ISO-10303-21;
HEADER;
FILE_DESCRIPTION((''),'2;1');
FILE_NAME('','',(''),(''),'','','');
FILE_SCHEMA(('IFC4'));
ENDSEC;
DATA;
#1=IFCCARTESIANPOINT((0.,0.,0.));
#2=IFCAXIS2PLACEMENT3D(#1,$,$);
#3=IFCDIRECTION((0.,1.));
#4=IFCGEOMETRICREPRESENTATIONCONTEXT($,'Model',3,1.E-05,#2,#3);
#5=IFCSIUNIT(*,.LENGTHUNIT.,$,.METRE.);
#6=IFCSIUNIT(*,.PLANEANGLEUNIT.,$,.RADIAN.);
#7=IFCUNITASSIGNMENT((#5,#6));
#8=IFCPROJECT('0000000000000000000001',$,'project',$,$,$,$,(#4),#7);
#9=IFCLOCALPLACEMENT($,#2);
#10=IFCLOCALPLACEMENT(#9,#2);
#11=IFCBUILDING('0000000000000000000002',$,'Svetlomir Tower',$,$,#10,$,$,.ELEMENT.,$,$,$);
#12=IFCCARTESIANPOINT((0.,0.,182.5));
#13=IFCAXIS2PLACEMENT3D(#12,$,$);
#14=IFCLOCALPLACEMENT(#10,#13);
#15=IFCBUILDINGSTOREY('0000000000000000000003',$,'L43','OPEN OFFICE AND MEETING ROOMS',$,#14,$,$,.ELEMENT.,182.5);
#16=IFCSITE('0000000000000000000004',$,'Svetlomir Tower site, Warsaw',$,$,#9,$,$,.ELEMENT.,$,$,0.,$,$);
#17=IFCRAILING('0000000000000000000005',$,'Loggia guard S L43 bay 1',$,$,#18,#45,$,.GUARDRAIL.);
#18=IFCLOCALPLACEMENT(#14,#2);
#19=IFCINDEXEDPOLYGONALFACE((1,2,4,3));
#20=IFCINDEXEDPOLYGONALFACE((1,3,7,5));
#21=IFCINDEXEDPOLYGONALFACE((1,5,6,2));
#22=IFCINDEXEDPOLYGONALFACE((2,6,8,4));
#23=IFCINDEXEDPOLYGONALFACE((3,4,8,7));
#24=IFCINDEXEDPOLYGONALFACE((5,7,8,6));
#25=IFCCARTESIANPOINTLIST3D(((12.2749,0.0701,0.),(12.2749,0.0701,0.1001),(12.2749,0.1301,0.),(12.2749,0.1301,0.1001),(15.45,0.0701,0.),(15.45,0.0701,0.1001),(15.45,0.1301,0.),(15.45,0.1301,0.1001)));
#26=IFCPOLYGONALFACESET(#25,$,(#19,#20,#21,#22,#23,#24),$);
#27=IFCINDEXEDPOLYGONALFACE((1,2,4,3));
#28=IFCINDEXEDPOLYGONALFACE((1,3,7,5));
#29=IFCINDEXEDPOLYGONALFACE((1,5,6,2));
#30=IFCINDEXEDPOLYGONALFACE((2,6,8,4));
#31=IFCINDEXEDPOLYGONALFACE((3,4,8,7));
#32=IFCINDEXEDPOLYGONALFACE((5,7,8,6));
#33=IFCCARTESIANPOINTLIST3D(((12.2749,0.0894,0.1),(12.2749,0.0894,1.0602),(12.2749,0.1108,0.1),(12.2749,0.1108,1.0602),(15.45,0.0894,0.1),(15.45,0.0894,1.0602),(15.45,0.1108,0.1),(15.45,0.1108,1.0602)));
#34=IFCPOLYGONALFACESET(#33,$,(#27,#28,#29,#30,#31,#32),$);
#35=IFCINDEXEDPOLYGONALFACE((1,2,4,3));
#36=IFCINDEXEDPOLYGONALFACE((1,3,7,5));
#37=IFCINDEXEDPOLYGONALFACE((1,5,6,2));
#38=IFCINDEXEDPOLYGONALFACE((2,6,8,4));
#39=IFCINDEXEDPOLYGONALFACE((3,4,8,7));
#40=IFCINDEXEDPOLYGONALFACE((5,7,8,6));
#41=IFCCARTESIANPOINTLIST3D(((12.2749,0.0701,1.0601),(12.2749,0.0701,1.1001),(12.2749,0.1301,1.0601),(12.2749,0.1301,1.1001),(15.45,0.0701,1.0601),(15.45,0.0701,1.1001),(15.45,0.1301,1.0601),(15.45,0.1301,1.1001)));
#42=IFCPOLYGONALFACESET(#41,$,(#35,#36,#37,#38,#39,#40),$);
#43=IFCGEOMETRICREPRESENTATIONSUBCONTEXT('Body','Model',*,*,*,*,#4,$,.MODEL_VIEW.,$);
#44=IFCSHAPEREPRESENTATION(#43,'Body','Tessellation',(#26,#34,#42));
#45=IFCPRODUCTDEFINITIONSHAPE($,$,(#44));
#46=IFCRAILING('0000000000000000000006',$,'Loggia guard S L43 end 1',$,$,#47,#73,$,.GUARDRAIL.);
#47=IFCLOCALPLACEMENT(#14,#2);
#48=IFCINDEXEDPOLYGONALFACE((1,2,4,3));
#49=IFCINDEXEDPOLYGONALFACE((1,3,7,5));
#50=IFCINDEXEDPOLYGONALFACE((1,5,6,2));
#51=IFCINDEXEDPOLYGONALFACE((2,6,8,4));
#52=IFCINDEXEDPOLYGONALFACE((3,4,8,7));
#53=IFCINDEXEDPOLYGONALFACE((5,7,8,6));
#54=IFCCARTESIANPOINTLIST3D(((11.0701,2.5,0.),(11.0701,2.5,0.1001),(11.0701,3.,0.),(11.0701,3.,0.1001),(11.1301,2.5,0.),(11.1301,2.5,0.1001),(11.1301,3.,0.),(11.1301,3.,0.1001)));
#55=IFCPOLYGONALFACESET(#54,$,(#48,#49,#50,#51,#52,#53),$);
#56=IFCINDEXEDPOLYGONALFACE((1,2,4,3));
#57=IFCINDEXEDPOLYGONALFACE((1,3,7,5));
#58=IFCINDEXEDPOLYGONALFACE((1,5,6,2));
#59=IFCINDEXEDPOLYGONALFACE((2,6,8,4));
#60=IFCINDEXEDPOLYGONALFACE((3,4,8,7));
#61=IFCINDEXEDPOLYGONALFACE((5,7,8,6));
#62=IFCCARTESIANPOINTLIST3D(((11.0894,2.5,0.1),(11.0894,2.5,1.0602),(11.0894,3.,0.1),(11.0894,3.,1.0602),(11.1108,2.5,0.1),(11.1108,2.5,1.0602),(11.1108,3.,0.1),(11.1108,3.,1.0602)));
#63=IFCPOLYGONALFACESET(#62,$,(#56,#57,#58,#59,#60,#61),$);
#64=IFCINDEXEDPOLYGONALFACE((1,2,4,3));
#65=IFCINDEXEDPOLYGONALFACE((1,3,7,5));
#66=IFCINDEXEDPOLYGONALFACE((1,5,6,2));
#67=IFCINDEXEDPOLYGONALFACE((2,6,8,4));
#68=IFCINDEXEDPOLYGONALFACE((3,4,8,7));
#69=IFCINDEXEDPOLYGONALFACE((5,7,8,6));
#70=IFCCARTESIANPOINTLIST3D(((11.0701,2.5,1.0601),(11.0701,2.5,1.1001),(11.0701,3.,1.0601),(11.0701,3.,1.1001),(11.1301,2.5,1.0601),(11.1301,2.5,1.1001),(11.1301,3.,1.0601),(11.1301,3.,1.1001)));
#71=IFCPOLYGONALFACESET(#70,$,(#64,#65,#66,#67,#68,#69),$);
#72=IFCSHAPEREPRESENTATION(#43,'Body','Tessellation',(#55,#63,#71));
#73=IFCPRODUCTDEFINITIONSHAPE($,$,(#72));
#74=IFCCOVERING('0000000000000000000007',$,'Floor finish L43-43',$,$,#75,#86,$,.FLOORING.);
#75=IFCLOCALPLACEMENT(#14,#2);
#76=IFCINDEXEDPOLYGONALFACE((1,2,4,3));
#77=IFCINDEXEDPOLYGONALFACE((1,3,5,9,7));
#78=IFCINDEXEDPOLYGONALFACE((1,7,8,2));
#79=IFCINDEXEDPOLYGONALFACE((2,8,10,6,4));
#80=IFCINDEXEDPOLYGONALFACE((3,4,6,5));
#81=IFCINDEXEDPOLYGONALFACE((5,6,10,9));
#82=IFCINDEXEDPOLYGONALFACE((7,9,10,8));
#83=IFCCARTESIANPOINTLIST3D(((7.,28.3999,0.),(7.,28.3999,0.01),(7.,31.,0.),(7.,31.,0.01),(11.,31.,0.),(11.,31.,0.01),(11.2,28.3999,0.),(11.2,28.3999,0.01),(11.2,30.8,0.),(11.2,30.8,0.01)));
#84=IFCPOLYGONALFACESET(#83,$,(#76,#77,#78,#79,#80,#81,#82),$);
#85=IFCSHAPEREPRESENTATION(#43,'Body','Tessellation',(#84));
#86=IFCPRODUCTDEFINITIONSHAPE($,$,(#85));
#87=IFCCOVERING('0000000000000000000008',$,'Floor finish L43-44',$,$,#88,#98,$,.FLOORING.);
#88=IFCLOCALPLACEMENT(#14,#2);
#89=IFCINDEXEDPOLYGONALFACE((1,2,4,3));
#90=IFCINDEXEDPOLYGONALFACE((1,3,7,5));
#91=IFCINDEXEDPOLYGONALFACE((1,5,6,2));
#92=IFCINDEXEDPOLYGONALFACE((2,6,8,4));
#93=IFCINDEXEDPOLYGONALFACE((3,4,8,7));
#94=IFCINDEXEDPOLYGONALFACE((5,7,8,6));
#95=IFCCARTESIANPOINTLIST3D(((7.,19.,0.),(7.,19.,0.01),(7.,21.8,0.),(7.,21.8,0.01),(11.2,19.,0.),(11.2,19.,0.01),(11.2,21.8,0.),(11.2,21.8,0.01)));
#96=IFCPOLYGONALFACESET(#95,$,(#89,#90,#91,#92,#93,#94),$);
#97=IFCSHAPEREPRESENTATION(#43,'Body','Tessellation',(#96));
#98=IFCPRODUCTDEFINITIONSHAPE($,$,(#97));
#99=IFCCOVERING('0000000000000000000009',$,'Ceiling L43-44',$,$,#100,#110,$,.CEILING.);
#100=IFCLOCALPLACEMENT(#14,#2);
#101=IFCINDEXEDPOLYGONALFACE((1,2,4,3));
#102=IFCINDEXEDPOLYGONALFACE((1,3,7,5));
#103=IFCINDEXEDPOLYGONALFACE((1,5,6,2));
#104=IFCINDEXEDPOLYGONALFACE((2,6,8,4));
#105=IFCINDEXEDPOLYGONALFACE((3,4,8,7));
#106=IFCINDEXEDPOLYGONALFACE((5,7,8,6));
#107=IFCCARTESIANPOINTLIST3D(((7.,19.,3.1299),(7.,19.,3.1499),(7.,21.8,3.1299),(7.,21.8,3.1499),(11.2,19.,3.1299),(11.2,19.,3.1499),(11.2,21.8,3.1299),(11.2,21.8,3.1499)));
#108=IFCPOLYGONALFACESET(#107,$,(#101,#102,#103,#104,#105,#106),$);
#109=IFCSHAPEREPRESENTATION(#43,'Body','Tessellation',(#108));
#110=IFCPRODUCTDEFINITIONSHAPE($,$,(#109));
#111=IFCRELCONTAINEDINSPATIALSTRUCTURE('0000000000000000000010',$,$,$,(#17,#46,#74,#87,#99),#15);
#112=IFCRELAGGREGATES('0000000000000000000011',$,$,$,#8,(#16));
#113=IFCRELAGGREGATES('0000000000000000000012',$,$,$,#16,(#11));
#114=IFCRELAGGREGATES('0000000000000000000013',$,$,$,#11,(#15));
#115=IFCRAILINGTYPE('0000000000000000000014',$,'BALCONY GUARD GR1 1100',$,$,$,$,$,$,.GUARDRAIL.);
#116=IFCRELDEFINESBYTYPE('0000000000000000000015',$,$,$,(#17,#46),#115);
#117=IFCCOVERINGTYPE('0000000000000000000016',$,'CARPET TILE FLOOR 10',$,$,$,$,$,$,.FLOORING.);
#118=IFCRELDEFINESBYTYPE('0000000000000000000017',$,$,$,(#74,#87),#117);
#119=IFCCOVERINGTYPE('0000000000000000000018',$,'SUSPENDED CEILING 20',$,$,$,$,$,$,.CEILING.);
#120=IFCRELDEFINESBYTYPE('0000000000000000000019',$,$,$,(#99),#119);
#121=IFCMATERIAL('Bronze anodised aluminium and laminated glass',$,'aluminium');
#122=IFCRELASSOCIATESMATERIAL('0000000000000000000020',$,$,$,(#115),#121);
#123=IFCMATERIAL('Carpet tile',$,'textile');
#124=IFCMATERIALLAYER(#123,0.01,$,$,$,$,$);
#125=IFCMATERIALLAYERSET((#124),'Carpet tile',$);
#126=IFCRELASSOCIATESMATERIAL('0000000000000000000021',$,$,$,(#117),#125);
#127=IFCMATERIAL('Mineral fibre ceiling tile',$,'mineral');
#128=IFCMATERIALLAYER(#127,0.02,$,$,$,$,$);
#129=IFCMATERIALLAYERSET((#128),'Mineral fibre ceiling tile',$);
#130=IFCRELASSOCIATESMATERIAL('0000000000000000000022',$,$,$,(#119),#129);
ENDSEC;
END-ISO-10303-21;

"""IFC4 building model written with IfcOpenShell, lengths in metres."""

from ifc_helpers import new_model, si_unit, direction, frame, origin, origin_2d, place, context, subcontext, project, spatial, polyline, rectangle, outline, extrude, material, layer, layer_set, type_object, element, save


model = new_model("IFC4")

# Units and contexts
model_context = context("Model", 3, precision=1e-05, world=origin(), true_north=direction((0.0, 1.0)))
body_context = subcontext(model_context, "Body", "Model", "MODEL_VIEW")
ifc_project = project(units=[si_unit("LENGTHUNIT", "METRE"), si_unit("PLANEANGLEUNIT", "RADIAN")], contexts=[model_context])

# Site, building, storey
site_placement = place(None, origin())
site = spatial("IfcSite", under=ifc_project, at=site_placement, Name="Svetlomir Tower site, Warsaw", CompositionType="ELEMENT", RefElevation=0.0)
building_placement = place(site_placement, origin())
building = spatial("IfcBuilding", under=site, at=building_placement, Name="Svetlomir Tower", CompositionType="ELEMENT")
storey_placement = place(building_placement, frame((0.0, 0.0, 182.5)))
storey = spatial("IfcBuildingStorey", under=building, at=storey_placement, Name="L43", Description="OPEN OFFICE AND MEETING ROOMS", CompositionType="ELEMENT", Elevation=182.5)

# Railings
ifc_material_1 = material(Name="Bronze anodised aluminium and laminated glass", Category="aluminium")
railing_type = type_object("IfcRailingType", Name="BALCONY GUARD GR1 1100", PredefinedType="GUARDRAIL", material=ifc_material_1)
railing_1_placement = place(storey_placement, frame((12.2749, 0.1001, 0.0)))
element("IfcRailing", 1, at=railing_1_placement, inside=storey, type_object=railing_type, Name="Loggia guard S L43 bay 1", PredefinedType="GUARDRAIL", context=body_context, shape_type="SweptSolid", body=[
    extrude(rectangle(XDim=0.0601, YDim=0.1001, at=origin_2d()), frame((0.0, 0.0, 0.05), z_axis=(1.0, 0.0, 0.0), x_axis=(0.0, 1.0, 0.0)), (0.0, 0.0, 1.0), 3.175),
    extrude(rectangle(XDim=0.0215, YDim=0.9602, at=origin_2d()), frame((0.0, 0.0, 0.5801), z_axis=(1.0, 0.0, 0.0), x_axis=(0.0, 1.0, 0.0)), (0.0, 0.0, 1.0), 3.175),
    extrude(rectangle(XDim=0.0601, YDim=0.04, at=origin_2d()), frame((0.0, 0.0, 1.0801), z_axis=(1.0, 0.0, 0.0), x_axis=(0.0, 1.0, 0.0)), (0.0, 0.0, 1.0), 3.175),
])
railing_2_placement = place(storey_placement, frame((11.1001, 2.5, 0.0)))
element("IfcRailing", 2, at=railing_2_placement, inside=storey, type_object=railing_type, Name="Loggia guard S L43 end 1", PredefinedType="GUARDRAIL", context=body_context, shape_type="SweptSolid", body=[
    extrude(rectangle(XDim=0.0601, YDim=0.1001, at=origin_2d()), frame((0.0, 0.0, 0.05), z_axis=(0.0, 1.0, 0.0), x_axis=(-1.0, 0.0, 0.0)), (0.0, 0.0, 1.0), 0.5),
    extrude(rectangle(XDim=0.0215, YDim=0.9602, at=origin_2d()), frame((0.0, 0.0, 0.5801), z_axis=(0.0, 1.0, 0.0), x_axis=(-1.0, 0.0, 0.0)), (0.0, 0.0, 1.0), 0.5),
    extrude(rectangle(XDim=0.0601, YDim=0.04, at=origin_2d()), frame((0.0, 0.0, 1.0801), z_axis=(0.0, 1.0, 0.0), x_axis=(-1.0, 0.0, 0.0)), (0.0, 0.0, 1.0), 0.5),
])

# Coverings
ifc_material_2 = material(Name="Carpet tile", Category="textile")
ifc_layer_1 = layer(ifc_material_2, 0.01)
ifc_layer_set_1 = layer_set([ifc_layer_1], Name="Carpet tile")
covering_type_1 = type_object("IfcCoveringType", Name="CARPET TILE FLOOR 10", PredefinedType="FLOORING", material=ifc_layer_set_1)
covering_1_placement = place(storey_placement, origin())
element("IfcCovering", 3, at=covering_1_placement, inside=storey, type_object=covering_type_1, Name="Floor finish L43-43", PredefinedType="FLOORING", context=body_context, shape_type="SweptSolid", body=[
    extrude(outline(polyline([(11.2, 28.3999), (7.0, 28.3999), (7.0, 31.0), (11.0, 31.0), (11.2, 30.8), (11.2, 28.3999)])), origin(), (0.0, 0.0, 1.0), 0.01),
])
covering_2_placement = place(storey_placement, origin())
element("IfcCovering", 4, at=covering_2_placement, inside=storey, type_object=covering_type_1, Name="Floor finish L43-44", PredefinedType="FLOORING", context=body_context, shape_type="SweptSolid", body=[
    extrude(outline(polyline([(7.0, 19.0), (7.0, 21.8), (11.2, 21.8), (11.2, 19.0), (7.0, 19.0)])), origin(), (0.0, 0.0, 1.0), 0.01),
])
ifc_material_3 = material(Name="Mineral fibre ceiling tile", Category="mineral")
ifc_layer_2 = layer(ifc_material_3, 0.02)
ifc_layer_set_2 = layer_set([ifc_layer_2], Name="Mineral fibre ceiling tile")
covering_type_2 = type_object("IfcCoveringType", Name="SUSPENDED CEILING 20", PredefinedType="CEILING", material=ifc_layer_set_2)
covering_3_placement = place(storey_placement, frame((0.0, 0.0, 3.1299)))
element("IfcCovering", 5, at=covering_3_placement, inside=storey, type_object=covering_type_2, Name="Ceiling L43-44", PredefinedType="CEILING", context=body_context, shape_type="SweptSolid", body=[
    extrude(outline(polyline([(7.0, 19.0), (7.0, 21.8), (11.2, 21.8), (11.2, 19.0), (7.0, 19.0)])), origin(), (0.0, 0.0, 1.0), 0.02),
])

save(model, "model.ifc")
